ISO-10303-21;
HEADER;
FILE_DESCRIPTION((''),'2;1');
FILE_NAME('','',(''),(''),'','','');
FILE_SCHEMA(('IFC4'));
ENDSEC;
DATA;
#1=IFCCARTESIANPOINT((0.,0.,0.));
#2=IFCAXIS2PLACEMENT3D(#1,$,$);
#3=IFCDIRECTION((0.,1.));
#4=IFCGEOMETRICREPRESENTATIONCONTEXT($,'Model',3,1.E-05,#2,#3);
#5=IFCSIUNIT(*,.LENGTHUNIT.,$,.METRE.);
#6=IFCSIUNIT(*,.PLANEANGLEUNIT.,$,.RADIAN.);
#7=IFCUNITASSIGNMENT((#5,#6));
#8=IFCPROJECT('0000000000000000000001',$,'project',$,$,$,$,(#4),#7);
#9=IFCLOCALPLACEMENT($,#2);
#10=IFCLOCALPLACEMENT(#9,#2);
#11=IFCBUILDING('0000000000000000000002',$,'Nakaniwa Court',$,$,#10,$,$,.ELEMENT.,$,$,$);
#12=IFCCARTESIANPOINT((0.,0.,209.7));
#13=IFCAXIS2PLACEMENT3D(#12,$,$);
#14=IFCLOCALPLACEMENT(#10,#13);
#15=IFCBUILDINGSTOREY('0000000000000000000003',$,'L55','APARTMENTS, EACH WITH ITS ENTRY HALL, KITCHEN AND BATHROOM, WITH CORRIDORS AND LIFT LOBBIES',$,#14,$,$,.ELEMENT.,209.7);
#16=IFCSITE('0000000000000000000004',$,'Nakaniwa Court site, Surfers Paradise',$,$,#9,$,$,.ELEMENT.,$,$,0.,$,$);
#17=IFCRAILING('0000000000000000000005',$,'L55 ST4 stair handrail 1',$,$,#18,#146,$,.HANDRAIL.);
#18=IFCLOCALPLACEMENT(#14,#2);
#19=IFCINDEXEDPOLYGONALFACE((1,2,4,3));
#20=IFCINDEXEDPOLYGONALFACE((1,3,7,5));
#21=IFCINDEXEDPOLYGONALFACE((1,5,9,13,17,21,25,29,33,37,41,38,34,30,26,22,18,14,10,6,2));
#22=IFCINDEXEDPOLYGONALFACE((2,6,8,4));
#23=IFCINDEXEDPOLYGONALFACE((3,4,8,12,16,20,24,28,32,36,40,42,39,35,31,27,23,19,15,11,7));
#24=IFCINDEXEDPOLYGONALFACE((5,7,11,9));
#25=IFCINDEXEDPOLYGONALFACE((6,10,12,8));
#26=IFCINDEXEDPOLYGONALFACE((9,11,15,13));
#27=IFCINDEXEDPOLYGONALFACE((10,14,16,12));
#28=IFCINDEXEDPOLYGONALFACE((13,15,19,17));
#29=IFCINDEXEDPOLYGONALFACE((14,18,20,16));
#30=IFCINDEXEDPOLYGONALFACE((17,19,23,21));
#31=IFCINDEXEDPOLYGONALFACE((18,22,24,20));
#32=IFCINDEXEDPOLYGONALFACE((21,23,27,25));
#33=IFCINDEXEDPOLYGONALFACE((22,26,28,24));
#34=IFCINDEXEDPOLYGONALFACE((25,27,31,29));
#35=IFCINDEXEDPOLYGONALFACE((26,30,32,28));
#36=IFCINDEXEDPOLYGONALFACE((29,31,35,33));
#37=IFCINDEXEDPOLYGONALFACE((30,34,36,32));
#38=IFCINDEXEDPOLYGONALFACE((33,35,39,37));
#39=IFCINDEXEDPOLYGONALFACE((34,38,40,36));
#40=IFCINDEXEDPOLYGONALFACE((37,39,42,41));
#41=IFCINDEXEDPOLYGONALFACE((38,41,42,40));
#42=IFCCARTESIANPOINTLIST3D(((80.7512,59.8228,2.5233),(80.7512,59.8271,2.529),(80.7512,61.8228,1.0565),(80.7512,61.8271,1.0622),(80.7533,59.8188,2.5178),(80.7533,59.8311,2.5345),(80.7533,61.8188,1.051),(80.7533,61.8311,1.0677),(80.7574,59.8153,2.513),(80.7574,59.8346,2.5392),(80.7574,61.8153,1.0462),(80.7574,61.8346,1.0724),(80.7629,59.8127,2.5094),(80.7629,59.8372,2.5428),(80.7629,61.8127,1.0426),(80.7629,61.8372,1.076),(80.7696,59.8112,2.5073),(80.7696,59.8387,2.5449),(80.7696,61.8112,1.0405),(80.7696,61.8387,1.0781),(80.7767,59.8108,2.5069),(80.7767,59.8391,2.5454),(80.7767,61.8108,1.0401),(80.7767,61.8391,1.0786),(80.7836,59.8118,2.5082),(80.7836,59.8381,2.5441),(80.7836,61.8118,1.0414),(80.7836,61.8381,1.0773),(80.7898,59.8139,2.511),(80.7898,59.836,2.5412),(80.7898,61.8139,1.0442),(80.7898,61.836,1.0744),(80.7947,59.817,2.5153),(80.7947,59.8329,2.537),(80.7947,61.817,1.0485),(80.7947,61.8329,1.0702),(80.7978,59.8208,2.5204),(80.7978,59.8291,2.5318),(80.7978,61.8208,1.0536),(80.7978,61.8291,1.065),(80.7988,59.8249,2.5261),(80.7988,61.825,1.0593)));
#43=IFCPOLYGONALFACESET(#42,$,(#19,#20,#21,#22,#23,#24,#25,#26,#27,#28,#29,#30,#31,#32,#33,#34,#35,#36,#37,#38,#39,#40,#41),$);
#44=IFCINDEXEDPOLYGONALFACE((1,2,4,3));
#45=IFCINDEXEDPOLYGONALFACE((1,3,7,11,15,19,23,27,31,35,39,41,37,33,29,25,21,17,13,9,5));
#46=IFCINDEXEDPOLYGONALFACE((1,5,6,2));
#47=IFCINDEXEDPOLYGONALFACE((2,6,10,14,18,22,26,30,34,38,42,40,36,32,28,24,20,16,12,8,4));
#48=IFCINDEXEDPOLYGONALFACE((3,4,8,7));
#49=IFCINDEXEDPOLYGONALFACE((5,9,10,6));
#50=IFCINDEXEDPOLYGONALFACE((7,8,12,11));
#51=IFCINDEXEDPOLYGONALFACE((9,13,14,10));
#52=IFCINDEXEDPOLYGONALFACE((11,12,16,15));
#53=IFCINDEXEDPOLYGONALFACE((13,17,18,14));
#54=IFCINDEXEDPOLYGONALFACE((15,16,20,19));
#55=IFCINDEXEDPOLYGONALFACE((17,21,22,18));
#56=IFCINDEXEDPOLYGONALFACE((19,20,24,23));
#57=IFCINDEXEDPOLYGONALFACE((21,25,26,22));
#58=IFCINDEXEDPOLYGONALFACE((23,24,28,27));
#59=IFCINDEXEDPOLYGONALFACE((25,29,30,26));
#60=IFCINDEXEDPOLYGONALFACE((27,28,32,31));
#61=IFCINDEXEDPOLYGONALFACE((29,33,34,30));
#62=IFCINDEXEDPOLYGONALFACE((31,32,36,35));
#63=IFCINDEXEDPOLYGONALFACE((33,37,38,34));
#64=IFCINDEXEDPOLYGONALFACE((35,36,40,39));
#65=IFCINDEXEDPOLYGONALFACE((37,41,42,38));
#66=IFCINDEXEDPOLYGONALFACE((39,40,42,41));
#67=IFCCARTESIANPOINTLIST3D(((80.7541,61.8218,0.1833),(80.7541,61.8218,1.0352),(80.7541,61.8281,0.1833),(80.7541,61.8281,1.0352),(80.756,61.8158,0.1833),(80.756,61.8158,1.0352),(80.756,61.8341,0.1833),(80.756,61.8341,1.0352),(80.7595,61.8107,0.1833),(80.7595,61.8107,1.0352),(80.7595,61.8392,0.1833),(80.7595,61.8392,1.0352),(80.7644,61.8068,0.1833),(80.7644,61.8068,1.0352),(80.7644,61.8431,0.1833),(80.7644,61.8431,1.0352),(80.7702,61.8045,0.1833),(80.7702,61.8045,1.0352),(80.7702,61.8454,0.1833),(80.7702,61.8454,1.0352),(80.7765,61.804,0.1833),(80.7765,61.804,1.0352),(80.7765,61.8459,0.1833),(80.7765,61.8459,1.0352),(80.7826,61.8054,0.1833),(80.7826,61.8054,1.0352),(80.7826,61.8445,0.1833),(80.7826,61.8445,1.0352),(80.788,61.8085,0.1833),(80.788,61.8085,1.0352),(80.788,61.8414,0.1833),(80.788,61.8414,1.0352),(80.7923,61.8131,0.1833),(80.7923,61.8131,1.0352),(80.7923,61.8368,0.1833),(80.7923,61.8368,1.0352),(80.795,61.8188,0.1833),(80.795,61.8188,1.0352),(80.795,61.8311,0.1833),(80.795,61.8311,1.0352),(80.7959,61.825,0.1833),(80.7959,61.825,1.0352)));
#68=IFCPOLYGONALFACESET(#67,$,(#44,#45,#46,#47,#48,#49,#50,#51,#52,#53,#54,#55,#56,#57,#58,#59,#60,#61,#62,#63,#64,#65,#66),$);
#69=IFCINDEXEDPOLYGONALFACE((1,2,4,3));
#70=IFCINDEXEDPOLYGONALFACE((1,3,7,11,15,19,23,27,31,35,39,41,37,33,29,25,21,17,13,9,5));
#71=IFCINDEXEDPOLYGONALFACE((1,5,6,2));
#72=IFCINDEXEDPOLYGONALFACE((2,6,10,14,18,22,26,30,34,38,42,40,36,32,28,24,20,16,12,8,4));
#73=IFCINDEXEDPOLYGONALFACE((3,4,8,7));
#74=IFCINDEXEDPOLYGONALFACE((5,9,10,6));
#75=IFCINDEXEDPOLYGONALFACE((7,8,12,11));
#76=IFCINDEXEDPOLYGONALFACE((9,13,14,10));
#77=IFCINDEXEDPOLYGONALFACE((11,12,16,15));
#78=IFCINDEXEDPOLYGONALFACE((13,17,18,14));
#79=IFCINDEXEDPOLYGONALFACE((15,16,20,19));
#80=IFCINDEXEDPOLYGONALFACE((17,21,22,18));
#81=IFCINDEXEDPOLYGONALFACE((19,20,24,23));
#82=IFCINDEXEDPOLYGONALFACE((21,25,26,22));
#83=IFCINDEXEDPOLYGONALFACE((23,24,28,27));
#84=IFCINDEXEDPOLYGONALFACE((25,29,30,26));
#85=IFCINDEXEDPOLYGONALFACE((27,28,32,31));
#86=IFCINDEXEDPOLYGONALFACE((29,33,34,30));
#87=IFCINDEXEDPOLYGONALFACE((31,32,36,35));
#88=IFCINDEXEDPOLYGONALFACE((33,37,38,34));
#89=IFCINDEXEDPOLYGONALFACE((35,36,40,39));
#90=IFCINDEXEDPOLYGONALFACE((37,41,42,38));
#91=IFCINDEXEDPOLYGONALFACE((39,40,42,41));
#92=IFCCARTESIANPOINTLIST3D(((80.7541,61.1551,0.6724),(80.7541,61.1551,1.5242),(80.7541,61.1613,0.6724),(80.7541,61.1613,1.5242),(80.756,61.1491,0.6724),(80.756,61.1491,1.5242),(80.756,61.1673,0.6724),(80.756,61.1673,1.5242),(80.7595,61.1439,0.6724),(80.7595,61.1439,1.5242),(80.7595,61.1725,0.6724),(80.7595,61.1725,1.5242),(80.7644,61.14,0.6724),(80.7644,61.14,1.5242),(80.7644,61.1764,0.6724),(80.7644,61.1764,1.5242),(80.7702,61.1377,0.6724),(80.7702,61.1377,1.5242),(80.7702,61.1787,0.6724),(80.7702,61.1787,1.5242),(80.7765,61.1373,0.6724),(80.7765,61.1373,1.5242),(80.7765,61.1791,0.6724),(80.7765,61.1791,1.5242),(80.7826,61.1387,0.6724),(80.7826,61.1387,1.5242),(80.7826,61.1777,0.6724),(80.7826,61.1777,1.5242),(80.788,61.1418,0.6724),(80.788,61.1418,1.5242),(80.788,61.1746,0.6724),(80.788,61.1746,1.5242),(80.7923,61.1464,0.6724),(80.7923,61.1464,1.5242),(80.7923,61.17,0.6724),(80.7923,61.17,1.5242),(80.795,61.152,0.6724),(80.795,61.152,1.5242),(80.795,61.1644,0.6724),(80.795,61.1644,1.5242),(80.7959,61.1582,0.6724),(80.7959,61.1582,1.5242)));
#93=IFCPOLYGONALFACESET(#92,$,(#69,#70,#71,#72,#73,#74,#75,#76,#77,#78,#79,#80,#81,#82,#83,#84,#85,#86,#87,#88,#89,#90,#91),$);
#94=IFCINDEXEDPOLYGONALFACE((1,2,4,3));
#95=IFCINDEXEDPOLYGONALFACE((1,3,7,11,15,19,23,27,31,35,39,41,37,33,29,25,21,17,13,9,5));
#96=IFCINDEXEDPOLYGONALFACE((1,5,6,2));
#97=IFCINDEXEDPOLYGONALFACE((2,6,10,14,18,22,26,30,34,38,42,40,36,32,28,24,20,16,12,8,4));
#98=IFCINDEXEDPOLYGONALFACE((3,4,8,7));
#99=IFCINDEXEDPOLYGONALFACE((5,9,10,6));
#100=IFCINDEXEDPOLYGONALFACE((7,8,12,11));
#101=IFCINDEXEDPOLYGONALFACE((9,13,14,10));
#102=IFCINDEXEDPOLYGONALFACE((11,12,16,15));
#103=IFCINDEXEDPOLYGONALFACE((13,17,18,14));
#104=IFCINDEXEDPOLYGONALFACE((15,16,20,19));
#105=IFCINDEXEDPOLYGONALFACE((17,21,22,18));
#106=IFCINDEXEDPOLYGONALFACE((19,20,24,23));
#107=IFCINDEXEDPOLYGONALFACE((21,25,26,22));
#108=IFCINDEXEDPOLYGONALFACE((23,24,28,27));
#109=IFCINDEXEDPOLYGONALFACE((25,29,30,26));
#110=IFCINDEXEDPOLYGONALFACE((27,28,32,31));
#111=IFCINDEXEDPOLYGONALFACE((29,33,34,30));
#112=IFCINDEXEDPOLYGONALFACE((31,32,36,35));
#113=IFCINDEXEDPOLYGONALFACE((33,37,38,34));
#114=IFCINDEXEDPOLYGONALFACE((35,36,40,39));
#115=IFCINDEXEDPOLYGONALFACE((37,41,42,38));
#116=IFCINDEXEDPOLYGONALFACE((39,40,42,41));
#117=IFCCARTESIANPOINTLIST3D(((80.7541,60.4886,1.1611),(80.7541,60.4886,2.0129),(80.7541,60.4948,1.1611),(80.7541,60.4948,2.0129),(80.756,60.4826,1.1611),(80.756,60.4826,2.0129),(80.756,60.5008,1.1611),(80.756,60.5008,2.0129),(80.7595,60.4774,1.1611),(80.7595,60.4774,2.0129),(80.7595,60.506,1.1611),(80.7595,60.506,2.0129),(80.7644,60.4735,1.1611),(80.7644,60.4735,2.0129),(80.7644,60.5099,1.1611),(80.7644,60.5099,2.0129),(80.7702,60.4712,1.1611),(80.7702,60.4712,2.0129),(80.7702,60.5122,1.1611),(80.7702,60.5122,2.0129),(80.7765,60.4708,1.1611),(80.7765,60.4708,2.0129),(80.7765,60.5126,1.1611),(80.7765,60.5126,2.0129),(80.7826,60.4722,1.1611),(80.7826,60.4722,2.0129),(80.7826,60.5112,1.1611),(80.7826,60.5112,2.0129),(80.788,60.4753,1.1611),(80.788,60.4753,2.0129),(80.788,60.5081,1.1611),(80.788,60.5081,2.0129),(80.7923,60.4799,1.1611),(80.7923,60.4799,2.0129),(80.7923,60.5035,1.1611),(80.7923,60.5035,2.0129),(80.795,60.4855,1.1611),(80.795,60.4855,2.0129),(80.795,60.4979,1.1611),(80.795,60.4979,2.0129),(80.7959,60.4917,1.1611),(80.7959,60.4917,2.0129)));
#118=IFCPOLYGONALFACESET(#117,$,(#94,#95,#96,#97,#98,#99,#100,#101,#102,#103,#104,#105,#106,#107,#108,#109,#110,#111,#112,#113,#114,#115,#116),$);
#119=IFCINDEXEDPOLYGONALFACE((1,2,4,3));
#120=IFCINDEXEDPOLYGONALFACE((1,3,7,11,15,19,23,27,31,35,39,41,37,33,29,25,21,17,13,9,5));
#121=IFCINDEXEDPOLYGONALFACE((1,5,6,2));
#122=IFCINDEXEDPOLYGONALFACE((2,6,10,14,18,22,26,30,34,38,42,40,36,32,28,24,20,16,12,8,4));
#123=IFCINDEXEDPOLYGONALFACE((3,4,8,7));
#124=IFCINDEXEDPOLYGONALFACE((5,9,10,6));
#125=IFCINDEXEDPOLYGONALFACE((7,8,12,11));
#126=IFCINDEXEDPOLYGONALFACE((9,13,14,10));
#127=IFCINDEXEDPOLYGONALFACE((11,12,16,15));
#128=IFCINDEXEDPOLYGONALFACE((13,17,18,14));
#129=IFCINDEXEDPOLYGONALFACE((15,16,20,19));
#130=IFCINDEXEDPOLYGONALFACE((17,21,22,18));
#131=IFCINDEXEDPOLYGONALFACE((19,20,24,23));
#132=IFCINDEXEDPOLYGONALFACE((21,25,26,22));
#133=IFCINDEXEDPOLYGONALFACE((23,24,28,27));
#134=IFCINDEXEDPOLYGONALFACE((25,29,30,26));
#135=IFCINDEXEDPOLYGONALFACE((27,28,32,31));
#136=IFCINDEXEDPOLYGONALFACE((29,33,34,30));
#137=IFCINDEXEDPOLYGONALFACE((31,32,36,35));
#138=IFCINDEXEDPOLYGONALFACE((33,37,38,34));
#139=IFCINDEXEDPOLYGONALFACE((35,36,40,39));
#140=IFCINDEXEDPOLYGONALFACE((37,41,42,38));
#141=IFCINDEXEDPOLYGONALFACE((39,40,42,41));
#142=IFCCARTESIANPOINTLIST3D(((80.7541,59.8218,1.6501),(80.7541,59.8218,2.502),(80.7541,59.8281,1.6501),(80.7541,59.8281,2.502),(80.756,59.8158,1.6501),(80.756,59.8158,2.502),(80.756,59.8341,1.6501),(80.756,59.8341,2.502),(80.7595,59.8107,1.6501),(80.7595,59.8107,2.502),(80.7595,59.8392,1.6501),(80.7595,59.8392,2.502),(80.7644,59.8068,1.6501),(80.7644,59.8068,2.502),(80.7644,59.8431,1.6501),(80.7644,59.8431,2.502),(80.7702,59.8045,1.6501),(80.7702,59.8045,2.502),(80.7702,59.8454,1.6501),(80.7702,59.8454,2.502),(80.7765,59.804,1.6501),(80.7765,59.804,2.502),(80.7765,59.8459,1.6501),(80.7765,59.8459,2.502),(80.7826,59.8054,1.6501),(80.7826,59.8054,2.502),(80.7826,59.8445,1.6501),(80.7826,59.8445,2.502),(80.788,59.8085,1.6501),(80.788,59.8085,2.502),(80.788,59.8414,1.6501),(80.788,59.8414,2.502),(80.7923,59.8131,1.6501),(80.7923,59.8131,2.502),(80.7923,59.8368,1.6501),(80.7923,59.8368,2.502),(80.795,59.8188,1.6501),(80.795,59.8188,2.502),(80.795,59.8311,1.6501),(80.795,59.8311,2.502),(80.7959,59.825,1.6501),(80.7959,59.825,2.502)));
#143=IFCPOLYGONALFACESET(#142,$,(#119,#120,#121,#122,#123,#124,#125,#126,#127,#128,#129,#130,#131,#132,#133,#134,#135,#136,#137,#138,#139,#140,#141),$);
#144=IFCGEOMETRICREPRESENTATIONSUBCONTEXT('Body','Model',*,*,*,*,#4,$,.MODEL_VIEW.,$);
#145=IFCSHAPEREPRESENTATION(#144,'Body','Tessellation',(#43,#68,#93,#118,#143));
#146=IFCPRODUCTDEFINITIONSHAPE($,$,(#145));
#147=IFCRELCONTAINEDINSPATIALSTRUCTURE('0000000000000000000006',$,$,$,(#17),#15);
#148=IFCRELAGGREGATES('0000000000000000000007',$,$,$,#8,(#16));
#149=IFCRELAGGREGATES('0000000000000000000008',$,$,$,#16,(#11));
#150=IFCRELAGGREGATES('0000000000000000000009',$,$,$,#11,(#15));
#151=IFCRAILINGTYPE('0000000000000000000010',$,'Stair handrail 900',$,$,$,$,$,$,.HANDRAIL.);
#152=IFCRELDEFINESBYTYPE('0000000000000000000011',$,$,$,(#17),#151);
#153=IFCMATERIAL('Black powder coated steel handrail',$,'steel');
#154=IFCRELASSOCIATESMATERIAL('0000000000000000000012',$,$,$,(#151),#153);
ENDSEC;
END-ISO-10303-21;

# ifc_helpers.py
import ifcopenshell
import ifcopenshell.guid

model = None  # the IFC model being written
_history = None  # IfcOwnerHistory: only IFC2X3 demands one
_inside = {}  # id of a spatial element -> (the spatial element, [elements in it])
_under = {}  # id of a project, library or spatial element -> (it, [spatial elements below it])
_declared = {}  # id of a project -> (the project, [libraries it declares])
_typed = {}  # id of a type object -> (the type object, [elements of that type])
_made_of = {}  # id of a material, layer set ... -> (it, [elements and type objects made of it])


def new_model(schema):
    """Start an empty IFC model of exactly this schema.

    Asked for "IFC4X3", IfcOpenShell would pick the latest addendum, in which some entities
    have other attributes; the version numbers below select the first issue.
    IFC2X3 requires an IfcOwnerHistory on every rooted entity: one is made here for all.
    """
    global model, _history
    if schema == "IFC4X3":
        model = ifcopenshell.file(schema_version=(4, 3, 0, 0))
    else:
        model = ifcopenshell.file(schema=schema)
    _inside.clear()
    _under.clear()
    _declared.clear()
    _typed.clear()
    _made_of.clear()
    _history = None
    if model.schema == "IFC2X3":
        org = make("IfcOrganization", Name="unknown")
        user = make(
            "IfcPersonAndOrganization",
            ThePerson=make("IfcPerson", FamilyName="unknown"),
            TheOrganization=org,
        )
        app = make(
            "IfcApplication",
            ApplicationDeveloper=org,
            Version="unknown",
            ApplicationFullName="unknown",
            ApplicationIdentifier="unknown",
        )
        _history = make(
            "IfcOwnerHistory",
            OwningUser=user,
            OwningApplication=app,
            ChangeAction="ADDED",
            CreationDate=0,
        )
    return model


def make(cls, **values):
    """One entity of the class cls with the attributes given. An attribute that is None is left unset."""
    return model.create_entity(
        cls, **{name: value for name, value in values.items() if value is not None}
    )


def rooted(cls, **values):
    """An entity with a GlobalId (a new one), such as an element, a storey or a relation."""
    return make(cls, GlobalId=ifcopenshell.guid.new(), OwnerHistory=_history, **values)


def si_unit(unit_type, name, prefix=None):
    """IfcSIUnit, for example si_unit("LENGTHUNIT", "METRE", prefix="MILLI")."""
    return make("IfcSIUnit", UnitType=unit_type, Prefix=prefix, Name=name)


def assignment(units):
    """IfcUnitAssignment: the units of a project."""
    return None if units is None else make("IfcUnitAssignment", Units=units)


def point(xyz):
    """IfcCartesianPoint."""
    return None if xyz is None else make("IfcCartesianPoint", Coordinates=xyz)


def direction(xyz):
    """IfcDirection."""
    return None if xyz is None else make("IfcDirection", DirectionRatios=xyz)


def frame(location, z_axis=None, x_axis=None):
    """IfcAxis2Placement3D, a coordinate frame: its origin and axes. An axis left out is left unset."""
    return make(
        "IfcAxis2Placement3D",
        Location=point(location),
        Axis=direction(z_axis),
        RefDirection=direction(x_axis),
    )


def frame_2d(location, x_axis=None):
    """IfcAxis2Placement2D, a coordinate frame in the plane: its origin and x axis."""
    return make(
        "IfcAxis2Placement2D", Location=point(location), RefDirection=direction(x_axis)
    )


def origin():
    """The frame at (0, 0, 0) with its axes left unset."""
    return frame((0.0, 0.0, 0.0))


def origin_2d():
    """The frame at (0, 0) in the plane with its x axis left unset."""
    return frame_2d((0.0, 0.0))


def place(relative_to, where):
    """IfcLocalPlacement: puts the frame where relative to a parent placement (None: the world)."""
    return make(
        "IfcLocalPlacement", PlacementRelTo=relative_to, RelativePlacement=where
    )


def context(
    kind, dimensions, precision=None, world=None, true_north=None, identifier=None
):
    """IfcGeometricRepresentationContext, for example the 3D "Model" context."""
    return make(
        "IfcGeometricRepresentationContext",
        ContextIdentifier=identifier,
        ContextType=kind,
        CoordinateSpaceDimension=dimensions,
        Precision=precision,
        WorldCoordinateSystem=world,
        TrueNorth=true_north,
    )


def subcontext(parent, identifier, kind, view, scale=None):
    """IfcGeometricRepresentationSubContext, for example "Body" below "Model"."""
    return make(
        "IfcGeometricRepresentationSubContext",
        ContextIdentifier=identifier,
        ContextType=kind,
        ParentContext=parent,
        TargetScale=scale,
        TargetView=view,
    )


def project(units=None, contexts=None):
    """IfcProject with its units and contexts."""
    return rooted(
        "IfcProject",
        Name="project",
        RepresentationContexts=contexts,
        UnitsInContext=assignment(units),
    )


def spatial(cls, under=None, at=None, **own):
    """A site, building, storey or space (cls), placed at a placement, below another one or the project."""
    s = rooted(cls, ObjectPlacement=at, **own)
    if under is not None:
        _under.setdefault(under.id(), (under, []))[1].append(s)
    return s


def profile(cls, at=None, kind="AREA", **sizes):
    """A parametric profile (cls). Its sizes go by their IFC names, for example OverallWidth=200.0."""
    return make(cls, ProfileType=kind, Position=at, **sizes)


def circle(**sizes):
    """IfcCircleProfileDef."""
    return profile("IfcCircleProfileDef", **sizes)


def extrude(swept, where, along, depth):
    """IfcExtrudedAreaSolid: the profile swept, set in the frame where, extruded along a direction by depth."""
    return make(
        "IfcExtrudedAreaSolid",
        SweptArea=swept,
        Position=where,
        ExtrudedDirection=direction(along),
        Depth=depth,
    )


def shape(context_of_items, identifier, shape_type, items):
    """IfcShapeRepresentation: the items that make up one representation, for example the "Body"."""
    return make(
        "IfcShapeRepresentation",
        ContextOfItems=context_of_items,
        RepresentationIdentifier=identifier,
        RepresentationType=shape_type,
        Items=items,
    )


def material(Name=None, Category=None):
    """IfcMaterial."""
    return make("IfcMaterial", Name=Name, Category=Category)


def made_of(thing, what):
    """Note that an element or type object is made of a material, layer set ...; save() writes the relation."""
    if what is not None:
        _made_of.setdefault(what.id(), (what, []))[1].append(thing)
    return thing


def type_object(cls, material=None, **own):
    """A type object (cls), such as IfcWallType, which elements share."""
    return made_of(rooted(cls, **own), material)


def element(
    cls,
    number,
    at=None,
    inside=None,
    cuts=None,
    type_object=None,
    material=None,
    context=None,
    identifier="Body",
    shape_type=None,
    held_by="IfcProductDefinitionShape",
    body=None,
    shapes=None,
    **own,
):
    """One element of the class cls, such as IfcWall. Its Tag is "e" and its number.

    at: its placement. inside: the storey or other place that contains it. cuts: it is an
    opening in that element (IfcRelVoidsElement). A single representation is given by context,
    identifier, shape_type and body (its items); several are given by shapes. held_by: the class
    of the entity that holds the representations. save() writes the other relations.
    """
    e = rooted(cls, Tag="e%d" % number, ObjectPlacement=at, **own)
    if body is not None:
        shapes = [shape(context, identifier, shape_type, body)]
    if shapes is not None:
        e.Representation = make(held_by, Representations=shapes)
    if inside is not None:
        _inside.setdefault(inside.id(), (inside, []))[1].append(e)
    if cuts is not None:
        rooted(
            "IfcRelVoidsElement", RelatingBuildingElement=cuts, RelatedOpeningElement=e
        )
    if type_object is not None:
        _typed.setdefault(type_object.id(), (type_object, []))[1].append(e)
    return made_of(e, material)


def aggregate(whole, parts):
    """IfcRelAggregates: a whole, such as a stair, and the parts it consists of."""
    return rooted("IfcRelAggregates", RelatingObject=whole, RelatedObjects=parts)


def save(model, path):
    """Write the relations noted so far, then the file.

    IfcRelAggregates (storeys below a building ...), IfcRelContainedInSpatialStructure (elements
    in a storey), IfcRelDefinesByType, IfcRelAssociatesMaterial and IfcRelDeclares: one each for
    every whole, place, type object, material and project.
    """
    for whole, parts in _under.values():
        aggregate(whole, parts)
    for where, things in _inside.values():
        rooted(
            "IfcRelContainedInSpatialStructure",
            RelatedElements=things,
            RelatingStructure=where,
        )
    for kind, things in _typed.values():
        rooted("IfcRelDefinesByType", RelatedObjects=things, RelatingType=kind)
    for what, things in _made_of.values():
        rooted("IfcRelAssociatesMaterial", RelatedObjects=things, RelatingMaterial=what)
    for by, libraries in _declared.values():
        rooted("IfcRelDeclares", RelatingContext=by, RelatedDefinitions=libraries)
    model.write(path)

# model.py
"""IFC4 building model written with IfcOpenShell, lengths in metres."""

from ifc_helpers import new_model, si_unit, direction, frame, origin, origin_2d, place, context, subcontext, project, spatial, circle, extrude, material, type_object, element, save


model = new_model("IFC4")

# Units and contexts
model_context = context("Model", 3, precision=1e-05, world=origin(), true_north=direction((0.0, 1.0)))
body_context = subcontext(model_context, "Body", "Model", "MODEL_VIEW")
ifc_project = project(units=[si_unit("LENGTHUNIT", "METRE"), si_unit("PLANEANGLEUNIT", "RADIAN")], contexts=[model_context])

# Site, building, storey
site_placement = place(None, origin())
site = spatial("IfcSite", under=ifc_project, at=site_placement, Name="Nakaniwa Court site, Surfers Paradise", CompositionType="ELEMENT", RefElevation=0.0)
building_placement = place(site_placement, origin())
building = spatial("IfcBuilding", under=site, at=building_placement, Name="Nakaniwa Court", CompositionType="ELEMENT")
storey_placement = place(building_placement, frame((0.0, 0.0, 209.7)))
storey = spatial("IfcBuildingStorey", under=building, at=storey_placement, Name="L55", Description="APARTMENTS, EACH WITH ITS ENTRY HALL, KITCHEN AND BATHROOM, WITH CORRIDORS AND LIFT LOBBIES", CompositionType="ELEMENT", Elevation=209.7)

# Railing
ifc_material_1 = material(Name="Black powder coated steel handrail", Category="steel")
railing_type_1 = type_object("IfcRailingType", Name="Stair handrail 900", PredefinedType="HANDRAIL", material=ifc_material_1)
railing_1_placement = place(storey_placement, frame((80.7749, 61.825, 0.1833)))
element("IfcRailing", 1, at=railing_1_placement, inside=storey, type_object=railing_type_1, Name="L55 ST4 stair handrail 1", PredefinedType="HANDRAIL", context=body_context, shape_type="SweptSolid", body=[
    extrude(circle(Radius=0.0239, at=origin_2d()), frame((0.0, 0.0, 0.876), z_axis=(0.0, -0.80638, 0.591398), x_axis=(1.0, 0.0, 0.0)), (0.0, 0.0, 1.0), 2.4802),
    extrude(circle(Radius=0.021, at=origin_2d()), origin(), (0.0, 0.0, 1.0), 0.8518),
    extrude(circle(Radius=0.021, at=origin_2d()), frame((0.0, -0.6667, 0.489)), (0.0, 0.0, 1.0), 0.8518),
    extrude(circle(Radius=0.021, at=origin_2d()), frame((0.0, -1.3333, 0.9778)), (0.0, 0.0, 1.0), 0.8518),
    extrude(circle(Radius=0.021, at=origin_2d()), frame((0.0, -2.0, 1.4668)), (0.0, 0.0, 1.0), 0.8518),
])

save(model, "model.ifc")
